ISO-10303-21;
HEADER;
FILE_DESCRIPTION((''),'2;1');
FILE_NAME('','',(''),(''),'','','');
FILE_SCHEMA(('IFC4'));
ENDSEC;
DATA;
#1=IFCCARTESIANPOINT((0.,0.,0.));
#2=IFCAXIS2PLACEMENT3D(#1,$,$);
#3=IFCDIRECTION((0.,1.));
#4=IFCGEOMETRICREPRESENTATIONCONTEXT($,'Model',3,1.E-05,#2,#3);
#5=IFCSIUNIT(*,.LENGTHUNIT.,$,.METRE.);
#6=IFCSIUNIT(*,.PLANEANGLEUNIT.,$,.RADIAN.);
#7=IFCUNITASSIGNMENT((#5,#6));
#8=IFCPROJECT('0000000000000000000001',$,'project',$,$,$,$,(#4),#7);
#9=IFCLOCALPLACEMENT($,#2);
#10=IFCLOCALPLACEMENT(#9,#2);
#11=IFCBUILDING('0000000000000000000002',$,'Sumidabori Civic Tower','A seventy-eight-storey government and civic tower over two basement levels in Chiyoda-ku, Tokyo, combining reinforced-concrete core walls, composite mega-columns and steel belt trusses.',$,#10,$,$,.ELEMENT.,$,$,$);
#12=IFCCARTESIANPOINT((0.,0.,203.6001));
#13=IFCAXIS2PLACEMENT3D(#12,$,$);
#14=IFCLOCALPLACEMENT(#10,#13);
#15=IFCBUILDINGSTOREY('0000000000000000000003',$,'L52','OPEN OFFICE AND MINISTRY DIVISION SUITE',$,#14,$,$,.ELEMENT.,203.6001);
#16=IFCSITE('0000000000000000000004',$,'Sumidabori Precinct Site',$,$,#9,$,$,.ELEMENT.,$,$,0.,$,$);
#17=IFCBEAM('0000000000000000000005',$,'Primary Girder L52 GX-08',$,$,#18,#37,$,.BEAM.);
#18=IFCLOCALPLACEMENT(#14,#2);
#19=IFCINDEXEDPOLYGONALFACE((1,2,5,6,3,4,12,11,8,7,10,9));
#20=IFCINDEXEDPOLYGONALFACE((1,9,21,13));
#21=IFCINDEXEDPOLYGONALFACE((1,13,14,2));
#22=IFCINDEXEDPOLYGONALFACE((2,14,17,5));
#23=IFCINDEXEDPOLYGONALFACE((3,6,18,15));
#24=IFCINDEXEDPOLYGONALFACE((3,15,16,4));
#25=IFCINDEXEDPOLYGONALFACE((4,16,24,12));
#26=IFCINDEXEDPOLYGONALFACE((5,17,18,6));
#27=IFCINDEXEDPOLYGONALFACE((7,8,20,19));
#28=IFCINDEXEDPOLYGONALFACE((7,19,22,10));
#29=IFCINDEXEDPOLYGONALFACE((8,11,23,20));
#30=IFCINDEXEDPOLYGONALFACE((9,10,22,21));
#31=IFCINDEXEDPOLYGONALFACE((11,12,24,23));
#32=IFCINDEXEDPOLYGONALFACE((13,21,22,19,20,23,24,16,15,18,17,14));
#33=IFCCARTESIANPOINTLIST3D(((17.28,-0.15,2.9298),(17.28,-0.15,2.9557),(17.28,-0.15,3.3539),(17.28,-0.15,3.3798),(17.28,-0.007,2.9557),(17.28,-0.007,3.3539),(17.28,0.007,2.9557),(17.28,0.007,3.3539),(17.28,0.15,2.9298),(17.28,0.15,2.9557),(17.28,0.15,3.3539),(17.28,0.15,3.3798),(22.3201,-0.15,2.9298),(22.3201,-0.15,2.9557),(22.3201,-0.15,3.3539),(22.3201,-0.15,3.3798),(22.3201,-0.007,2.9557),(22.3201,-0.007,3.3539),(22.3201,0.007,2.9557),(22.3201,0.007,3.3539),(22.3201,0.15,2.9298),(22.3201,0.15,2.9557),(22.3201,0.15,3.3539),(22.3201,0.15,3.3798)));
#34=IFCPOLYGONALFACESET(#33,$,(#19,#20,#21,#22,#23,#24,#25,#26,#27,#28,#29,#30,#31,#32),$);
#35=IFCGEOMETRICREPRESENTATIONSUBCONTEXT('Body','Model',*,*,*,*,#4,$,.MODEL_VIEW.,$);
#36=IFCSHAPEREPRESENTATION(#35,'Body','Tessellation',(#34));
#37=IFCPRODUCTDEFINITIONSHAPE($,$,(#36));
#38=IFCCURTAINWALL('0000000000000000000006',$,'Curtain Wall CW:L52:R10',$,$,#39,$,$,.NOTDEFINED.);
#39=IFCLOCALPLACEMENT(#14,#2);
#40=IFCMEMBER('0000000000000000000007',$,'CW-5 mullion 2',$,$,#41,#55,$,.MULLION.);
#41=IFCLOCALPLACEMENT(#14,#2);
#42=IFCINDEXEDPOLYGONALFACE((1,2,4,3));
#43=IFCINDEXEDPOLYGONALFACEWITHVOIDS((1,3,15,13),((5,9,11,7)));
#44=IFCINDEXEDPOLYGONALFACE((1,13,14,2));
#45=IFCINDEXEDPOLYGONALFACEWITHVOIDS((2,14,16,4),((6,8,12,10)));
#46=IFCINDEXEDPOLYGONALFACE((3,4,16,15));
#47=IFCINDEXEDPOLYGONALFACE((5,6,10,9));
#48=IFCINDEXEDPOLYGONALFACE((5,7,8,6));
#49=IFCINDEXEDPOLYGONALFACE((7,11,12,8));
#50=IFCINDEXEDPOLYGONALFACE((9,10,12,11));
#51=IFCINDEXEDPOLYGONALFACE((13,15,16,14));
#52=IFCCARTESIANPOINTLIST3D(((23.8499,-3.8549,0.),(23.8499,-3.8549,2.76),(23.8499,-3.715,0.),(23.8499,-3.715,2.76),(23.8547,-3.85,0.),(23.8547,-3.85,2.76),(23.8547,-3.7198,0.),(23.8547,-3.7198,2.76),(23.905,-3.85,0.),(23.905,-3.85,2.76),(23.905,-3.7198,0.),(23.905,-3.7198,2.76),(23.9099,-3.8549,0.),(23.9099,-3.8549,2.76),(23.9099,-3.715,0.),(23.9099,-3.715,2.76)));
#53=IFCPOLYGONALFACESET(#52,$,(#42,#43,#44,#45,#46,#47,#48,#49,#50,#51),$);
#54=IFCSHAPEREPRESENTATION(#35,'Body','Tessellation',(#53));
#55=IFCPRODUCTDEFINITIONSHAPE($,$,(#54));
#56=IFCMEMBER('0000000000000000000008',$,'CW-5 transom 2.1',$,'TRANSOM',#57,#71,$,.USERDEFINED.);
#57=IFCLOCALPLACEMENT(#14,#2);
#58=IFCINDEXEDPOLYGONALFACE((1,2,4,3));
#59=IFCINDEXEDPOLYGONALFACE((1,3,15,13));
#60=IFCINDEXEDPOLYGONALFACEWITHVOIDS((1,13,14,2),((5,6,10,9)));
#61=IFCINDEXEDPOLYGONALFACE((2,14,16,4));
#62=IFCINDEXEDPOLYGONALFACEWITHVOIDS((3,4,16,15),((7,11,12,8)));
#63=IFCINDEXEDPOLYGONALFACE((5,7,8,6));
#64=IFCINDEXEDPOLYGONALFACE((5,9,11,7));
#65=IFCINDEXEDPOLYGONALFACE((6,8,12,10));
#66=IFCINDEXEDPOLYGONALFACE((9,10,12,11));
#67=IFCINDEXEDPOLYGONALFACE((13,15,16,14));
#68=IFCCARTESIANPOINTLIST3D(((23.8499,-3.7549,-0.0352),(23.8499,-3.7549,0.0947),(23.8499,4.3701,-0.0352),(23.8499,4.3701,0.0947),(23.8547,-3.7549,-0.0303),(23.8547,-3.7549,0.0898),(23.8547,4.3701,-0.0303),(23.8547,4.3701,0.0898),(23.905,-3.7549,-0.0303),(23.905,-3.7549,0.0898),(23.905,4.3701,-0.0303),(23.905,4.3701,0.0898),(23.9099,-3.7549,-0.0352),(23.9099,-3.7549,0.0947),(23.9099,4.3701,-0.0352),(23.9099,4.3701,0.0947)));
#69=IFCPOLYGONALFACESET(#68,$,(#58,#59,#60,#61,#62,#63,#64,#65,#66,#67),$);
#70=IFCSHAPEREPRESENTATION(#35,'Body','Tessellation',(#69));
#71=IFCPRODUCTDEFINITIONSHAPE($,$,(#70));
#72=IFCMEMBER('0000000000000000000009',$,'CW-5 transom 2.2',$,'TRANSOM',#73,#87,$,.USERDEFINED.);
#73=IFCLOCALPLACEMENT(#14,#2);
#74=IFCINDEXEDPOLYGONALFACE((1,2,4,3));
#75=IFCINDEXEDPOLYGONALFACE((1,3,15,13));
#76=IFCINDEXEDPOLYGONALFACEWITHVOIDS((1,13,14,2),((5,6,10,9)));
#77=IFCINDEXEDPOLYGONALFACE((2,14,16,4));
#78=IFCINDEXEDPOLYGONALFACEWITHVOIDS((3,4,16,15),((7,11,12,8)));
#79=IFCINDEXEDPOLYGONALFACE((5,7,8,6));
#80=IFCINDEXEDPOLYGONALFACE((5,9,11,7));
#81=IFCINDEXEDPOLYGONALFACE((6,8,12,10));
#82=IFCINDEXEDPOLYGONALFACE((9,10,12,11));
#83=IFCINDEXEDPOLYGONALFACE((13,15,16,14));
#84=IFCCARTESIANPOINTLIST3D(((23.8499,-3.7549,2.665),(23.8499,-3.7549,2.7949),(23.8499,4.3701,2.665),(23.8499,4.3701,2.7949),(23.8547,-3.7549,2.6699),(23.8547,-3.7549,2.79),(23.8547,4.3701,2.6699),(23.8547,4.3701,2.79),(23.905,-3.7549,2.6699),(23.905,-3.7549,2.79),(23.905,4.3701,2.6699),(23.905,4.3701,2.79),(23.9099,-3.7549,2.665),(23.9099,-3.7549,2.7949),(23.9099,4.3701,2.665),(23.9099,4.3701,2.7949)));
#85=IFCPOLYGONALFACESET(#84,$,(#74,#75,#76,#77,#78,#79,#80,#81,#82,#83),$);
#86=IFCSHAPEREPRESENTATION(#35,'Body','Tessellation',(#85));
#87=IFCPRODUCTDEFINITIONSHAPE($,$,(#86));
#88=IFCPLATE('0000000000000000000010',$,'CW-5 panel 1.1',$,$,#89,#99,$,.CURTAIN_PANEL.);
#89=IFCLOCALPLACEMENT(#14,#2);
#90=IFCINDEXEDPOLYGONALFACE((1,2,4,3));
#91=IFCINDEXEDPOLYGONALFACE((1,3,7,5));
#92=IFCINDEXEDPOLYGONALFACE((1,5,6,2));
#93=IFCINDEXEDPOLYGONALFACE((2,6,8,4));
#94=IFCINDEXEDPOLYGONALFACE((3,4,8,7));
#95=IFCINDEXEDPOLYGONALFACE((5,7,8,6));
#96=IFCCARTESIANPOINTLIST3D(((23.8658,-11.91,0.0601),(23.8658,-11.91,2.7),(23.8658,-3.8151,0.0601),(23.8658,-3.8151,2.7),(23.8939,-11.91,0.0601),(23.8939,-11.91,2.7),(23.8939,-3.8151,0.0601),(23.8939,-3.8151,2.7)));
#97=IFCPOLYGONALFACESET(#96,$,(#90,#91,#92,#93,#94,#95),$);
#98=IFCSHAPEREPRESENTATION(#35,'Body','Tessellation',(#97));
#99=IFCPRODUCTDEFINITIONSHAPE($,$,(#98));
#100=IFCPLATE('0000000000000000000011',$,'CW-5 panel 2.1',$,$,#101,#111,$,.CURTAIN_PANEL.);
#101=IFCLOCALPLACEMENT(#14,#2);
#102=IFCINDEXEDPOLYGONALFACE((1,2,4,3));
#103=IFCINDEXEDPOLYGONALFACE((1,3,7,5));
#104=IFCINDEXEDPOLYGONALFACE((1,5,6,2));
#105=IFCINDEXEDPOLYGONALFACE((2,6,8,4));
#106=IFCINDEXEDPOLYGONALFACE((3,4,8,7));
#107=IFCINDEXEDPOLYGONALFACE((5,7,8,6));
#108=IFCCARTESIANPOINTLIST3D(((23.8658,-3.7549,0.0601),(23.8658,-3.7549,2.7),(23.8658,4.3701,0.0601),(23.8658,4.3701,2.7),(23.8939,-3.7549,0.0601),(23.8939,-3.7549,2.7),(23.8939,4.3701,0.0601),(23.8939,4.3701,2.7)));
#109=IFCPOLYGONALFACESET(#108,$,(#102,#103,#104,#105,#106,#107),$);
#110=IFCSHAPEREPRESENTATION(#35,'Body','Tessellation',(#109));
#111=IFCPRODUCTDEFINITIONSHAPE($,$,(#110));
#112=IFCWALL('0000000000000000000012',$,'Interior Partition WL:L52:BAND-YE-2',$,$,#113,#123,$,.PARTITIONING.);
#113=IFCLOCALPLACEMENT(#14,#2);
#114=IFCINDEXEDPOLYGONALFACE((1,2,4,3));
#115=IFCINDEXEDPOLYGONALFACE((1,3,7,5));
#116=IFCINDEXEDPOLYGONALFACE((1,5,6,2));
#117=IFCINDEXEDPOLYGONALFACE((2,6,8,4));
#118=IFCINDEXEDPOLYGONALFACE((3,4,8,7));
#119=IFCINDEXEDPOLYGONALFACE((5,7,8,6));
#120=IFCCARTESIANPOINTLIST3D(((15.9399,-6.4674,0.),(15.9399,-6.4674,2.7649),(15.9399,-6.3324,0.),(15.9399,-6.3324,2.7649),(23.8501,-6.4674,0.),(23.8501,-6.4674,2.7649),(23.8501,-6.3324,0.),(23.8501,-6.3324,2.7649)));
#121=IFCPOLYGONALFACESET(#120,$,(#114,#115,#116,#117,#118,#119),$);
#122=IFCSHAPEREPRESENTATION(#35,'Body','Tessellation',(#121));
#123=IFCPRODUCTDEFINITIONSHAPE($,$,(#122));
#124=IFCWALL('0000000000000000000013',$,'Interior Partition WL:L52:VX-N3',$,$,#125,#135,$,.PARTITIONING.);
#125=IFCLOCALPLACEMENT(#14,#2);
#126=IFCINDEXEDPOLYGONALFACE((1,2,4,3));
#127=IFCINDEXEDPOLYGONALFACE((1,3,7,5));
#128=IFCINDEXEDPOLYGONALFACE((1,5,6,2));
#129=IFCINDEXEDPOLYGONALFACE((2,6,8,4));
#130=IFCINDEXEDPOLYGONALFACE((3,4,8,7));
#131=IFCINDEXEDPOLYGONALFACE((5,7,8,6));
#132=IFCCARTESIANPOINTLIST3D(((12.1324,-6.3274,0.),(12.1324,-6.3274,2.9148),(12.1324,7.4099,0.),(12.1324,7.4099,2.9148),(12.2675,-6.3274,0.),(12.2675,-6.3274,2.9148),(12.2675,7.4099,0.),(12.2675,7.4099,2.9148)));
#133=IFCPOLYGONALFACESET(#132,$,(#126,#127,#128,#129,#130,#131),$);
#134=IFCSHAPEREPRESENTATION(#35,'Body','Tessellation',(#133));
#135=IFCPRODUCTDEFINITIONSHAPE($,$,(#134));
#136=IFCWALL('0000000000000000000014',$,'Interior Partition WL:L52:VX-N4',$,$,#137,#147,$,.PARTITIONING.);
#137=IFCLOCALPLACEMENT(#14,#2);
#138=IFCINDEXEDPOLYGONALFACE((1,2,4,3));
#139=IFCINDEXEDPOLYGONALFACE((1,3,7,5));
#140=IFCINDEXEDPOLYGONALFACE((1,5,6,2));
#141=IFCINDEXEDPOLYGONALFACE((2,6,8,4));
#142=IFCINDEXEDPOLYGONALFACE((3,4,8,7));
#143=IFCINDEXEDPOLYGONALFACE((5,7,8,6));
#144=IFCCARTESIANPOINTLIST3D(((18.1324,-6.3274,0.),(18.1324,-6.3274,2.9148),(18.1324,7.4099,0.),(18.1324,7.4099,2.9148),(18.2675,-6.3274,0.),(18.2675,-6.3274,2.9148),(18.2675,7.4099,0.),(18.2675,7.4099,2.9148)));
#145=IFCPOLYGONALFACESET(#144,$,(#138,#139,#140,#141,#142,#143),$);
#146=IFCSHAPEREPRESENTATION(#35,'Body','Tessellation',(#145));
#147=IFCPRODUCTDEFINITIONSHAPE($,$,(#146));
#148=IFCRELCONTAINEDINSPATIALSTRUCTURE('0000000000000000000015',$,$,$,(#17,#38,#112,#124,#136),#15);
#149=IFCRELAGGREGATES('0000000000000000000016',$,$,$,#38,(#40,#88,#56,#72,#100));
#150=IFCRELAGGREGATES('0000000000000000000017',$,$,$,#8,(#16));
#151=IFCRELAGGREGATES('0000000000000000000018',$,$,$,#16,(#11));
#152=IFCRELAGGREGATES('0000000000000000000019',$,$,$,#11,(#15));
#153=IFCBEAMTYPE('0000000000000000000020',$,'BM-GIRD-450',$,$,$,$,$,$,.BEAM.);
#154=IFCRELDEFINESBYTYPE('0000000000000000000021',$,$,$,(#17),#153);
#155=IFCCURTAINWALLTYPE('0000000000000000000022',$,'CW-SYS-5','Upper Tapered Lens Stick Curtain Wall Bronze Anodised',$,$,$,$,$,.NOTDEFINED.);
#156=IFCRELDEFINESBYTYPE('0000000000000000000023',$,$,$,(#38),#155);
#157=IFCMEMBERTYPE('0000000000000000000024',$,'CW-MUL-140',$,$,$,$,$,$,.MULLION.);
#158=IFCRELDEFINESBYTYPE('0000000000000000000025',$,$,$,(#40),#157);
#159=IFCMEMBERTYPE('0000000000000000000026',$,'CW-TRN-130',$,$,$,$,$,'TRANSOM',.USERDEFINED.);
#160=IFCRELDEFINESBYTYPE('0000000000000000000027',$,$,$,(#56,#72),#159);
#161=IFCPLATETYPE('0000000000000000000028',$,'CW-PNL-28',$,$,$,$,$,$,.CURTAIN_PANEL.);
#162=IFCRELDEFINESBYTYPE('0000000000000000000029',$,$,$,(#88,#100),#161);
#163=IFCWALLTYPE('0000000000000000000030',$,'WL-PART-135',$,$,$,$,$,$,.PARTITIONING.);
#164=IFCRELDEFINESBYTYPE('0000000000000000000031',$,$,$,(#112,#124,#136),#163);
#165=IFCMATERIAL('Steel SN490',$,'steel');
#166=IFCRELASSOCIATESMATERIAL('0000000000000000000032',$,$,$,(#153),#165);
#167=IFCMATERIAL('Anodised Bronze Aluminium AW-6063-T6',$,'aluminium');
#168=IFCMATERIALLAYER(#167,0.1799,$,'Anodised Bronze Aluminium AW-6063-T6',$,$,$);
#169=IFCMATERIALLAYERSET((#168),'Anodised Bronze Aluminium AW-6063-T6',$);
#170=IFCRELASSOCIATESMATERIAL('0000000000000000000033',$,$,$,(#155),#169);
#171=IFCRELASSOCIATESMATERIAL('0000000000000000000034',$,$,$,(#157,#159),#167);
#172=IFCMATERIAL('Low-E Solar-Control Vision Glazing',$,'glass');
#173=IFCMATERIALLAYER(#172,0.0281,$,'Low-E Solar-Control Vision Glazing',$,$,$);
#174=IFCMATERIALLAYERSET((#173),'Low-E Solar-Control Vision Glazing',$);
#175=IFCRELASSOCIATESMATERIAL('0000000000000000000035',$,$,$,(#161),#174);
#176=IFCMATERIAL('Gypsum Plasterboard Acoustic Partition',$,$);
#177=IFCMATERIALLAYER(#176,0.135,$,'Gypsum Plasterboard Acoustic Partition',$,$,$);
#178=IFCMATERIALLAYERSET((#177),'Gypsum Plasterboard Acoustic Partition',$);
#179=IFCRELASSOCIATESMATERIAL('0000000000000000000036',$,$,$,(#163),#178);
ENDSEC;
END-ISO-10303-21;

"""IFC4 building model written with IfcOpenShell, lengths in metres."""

from ifc_helpers import new_model, si_unit, direction, frame, frame_2d, origin, origin_2d, place, context, subcontext, project, spatial, rectangle, hollow_rectangle, i_section, extrude, source, transform, mapped, material, layer, layer_set, material_profile, profile_set, type_object, element, aggregate, save


model = new_model("IFC4")

# Units and contexts
model_context = context("Model", 3, precision=1e-05, world=origin(), true_north=direction((0.0, 1.0)))
body_context = subcontext(model_context, "Body", "Model", "MODEL_VIEW")
ifc_project = project(units=[si_unit("LENGTHUNIT", "METRE"), si_unit("PLANEANGLEUNIT", "RADIAN")], contexts=[model_context])

# Site, building, storey
site_placement = place(None, origin())
site = spatial("IfcSite", under=ifc_project, at=site_placement, Name="Sumidabori Precinct Site", CompositionType="ELEMENT", RefElevation=0.0)
building_placement = place(site_placement, origin())
building = spatial("IfcBuilding", under=site, at=building_placement, Name="Sumidabori Civic Tower", Description="A seventy-eight-storey government and civic tower over two basement levels in Chiyoda-ku, Tokyo, combining reinforced-concrete core walls, composite mega-columns and steel belt trusses.", CompositionType="ELEMENT")
storey_placement = place(building_placement, frame((0.0, 0.0, 203.6001)))
storey = spatial("IfcBuildingStorey", under=building, at=storey_placement, Name="L52", Description="OPEN OFFICE AND MINISTRY DIVISION SUITE", CompositionType="ELEMENT", Elevation=203.6001)

# Beam
ifc_material_1 = material(Name="Steel SN490", Category="steel")
ifc_material_profile_1 = material_profile(ifc_material_1, i_section(OverallWidth=0.3, OverallDepth=0.45, WebThickness=0.0139, FlangeThickness=0.0259, at=origin_2d()), Name="HE 450 B")
ifc_profile_set_1 = profile_set([ifc_material_profile_1], Name="Steel SN490")
beam_type_1 = type_object("IfcBeamType", Name="BM-GIRD-450", PredefinedType="BEAM", material=ifc_profile_set_1)
shared_shape_1 = source(origin(), body_context, "Body", "SweptSolid", [
    extrude(i_section(OverallWidth=0.3, OverallDepth=0.45, WebThickness=0.0139, FlangeThickness=0.0259, at=origin_2d()), origin(), (0.0, 0.0, 1.0), 5.04),
])
beam_1_placement = place(storey_placement, frame((17.28, 0.0, 3.1548), z_axis=(1.0, 0.0, 0.0), x_axis=(0.0, 1.0, 0.0)))
element("IfcBeam", 1, at=beam_1_placement, inside=storey, type_object=beam_type_1, Name="Primary Girder L52 GX-08", PredefinedType="BEAM", context=body_context, shape_type="MappedRepresentation", body=[
    mapped(shared_shape_1, transform((0.0, 0.0, 0.0), x_axis=(1.0, 0.0, 0.0), y_axis=(0.0, 1.0, 0.0), z_axis=(0.0, 0.0, 1.0), scale=1.0)),
])

# Curtain wall, members, plates
ifc_material_2 = material(Name="Anodised Bronze Aluminium AW-6063-T6", Category="aluminium")
ifc_layer_1 = layer(ifc_material_2, 0.1799, Name="Anodised Bronze Aluminium AW-6063-T6")
ifc_layer_set_1 = layer_set([ifc_layer_1], Name="Anodised Bronze Aluminium AW-6063-T6")
curtain_wall_type = type_object("IfcCurtainWallType", Name="CW-SYS-5", Description="Upper Tapered Lens Stick Curtain Wall Bronze Anodised", PredefinedType="NOTDEFINED", material=ifc_layer_set_1)
curtain_wall_placement = place(storey_placement, origin())
curtain_wall = element("IfcCurtainWall", 2, at=curtain_wall_placement, inside=storey, type_object=curtain_wall_type, Name="Curtain Wall CW:L52:R10", PredefinedType="NOTDEFINED")
ifc_material_profile_2 = material_profile(ifc_material_2, hollow_rectangle(XDim=0.0601, YDim=0.1399, WallThickness=0.0049, at=origin_2d()), Name="ALU MULLION 140x60")
ifc_profile_set_2 = profile_set([ifc_material_profile_2], Name="Anodised Bronze Aluminium AW-6063-T6")
member_type_1 = type_object("IfcMemberType", Name="CW-MUL-140", PredefinedType="MULLION", material=ifc_profile_set_2)
shared_shape_2 = source(origin(), body_context, "Body", "SweptSolid", [
    extrude(hollow_rectangle(XDim=0.0601, YDim=0.1399, WallThickness=0.0049, at=origin_2d()), origin(), (0.0, 0.0, 1.0), 2.76),
])
member_1_placement = place(storey_placement, frame((23.8799, -3.7849, 0.0), z_axis=(0.0, 0.0, 1.0), x_axis=(-1.0, 0.0, 0.0)))
member_1 = element("IfcMember", 3, at=member_1_placement, type_object=member_type_1, Name="CW-5 mullion 2", PredefinedType="MULLION", context=body_context, shape_type="MappedRepresentation", body=[
    mapped(shared_shape_2, transform((0.0, 0.0, 0.0), x_axis=(1.0, 0.0, 0.0), y_axis=(0.0, 1.0, 0.0), z_axis=(0.0, 0.0, 1.0), scale=1.0)),
])
ifc_material_profile_3 = material_profile(ifc_material_2, hollow_rectangle(XDim=0.0601, YDim=0.1299, WallThickness=0.0049, at=origin_2d()), Name="ALU TRANSOM 130x60")
ifc_profile_set_3 = profile_set([ifc_material_profile_3], Name="Anodised Bronze Aluminium AW-6063-T6")
member_type_2 = type_object("IfcMemberType", Name="CW-TRN-130", ElementType="TRANSOM", PredefinedType="USERDEFINED", material=ifc_profile_set_3)
shared_shape_3 = source(origin(), body_context, "Body", "SweptSolid", [
    extrude(hollow_rectangle(XDim=0.0601, YDim=0.1299, WallThickness=0.0049, at=origin_2d()), origin(), (0.0, 0.0, 1.0), 8.125),
])
member_2_placement = place(storey_placement, frame((23.8799, -3.7549, 0.0298), z_axis=(0.0, 1.0, 0.0), x_axis=(-1.0, 0.0, 0.0)))
member_2 = element("IfcMember", 4, at=member_2_placement, type_object=member_type_2, Name="CW-5 transom 2.1", ObjectType="TRANSOM", PredefinedType="USERDEFINED", context=body_context, shape_type="MappedRepresentation", body=[
    mapped(shared_shape_3, transform((0.0, 0.0, 0.0), x_axis=(1.0, 0.0, 0.0), y_axis=(0.0, 1.0, 0.0), z_axis=(0.0, 0.0, 1.0), scale=1.0)),
])
member_3_placement = place(storey_placement, frame((23.8799, -3.7549, 2.73), z_axis=(0.0, 1.0, 0.0), x_axis=(-1.0, 0.0, 0.0)))
member_3 = element("IfcMember", 5, at=member_3_placement, type_object=member_type_2, Name="CW-5 transom 2.2", ObjectType="TRANSOM", PredefinedType="USERDEFINED", context=body_context, shape_type="MappedRepresentation", body=[
    mapped(shared_shape_3, transform((0.0, 0.0, 0.0), x_axis=(1.0, 0.0, 0.0), y_axis=(0.0, 1.0, 0.0), z_axis=(0.0, 0.0, 1.0), scale=1.0)),
])
ifc_material_3 = material(Name="Low-E Solar-Control Vision Glazing", Category="glass")
ifc_layer_2 = layer(ifc_material_3, 0.0281, Name="Low-E Solar-Control Vision Glazing")
ifc_layer_set_2 = layer_set([ifc_layer_2], Name="Low-E Solar-Control Vision Glazing")
plate_type = type_object("IfcPlateType", Name="CW-PNL-28", PredefinedType="CURTAIN_PANEL", material=ifc_layer_set_2)
shared_shape_4 = source(origin(), body_context, "Body", "SweptSolid", [
    extrude(rectangle(XDim=8.095, YDim=0.0281, at=origin_2d()), origin(), (0.0, 0.0, 1.0), 2.6399),
])
plate_1_placement = place(storey_placement, frame((23.8799, -7.8625, 0.0601), z_axis=(0.0, 0.0, 1.0), x_axis=(0.0, 1.0, 0.0)))
plate_1 = element("IfcPlate", 6, at=plate_1_placement, type_object=plate_type, Name="CW-5 panel 1.1", PredefinedType="CURTAIN_PANEL", context=body_context, shape_type="MappedRepresentation", body=[
    mapped(shared_shape_4, transform((0.0, 0.0, 0.0), x_axis=(1.0, 0.0, 0.0), y_axis=(0.0, 1.0, 0.0), z_axis=(0.0, 0.0, 1.0), scale=1.0)),
])
shared_shape_5 = source(origin(), body_context, "Body", "SweptSolid", [
    extrude(rectangle(XDim=8.125, YDim=0.0281, at=origin_2d()), origin(), (0.0, 0.0, 1.0), 2.6399),
])
plate_2_placement = place(storey_placement, frame((23.8799, 0.3076, 0.0601), z_axis=(0.0, 0.0, 1.0), x_axis=(0.0, 1.0, 0.0)))
plate_2 = element("IfcPlate", 7, at=plate_2_placement, type_object=plate_type, Name="CW-5 panel 2.1", PredefinedType="CURTAIN_PANEL", context=body_context, shape_type="MappedRepresentation", body=[
    mapped(shared_shape_5, transform((0.0, 0.0, 0.0), x_axis=(1.0, 0.0, 0.0), y_axis=(0.0, 1.0, 0.0), z_axis=(0.0, 0.0, 1.0), scale=1.0)),
])
aggregate(curtain_wall, [member_1, plate_1, member_2, member_3, plate_2])

# Walls
ifc_material_4 = material(Name="Gypsum Plasterboard Acoustic Partition")
ifc_layer_3 = layer(ifc_material_4, 0.135, Name="Gypsum Plasterboard Acoustic Partition")
ifc_layer_set_3 = layer_set([ifc_layer_3], Name="Gypsum Plasterboard Acoustic Partition")
wall_type = type_object("IfcWallType", Name="WL-PART-135", PredefinedType="PARTITIONING", material=ifc_layer_set_3)
shared_shape_6 = source(origin(), body_context, "Body", "SweptSolid", [
    extrude(rectangle(XDim=7.9102, YDim=0.135, at=frame_2d((3.9551, 0.0))), origin(), (0.0, 0.0, 1.0), 2.7649),
])
wall_placement = place(storey_placement, frame((15.9399, -6.3999, 0.0), z_axis=(0.0, 0.0, 1.0), x_axis=(1.0, 0.0, 0.0)))
element("IfcWall", 8, at=wall_placement, inside=storey, type_object=wall_type, Name="Interior Partition WL:L52:BAND-YE-2", PredefinedType="PARTITIONING", context=body_context, shape_type="MappedRepresentation", body=[
    mapped(shared_shape_6, transform((0.0, 0.0, 0.0), x_axis=(1.0, 0.0, 0.0), y_axis=(0.0, 1.0, 0.0), z_axis=(0.0, 0.0, 1.0), scale=1.0)),
])
shared_shape_7 = source(origin(), body_context, "Body", "SweptSolid", [
    extrude(rectangle(XDim=13.7373, YDim=0.135, at=frame_2d((6.8687, 0.0))), origin(), (0.0, 0.0, 1.0), 2.9148),
])
for number, where, z_axis, x_axis, name in (
    (9, (12.2, -6.3274, 0.0), (0.0, 0.0, 1.0), (0.0, 1.0, 0.0), "Interior Partition WL:L52:VX-N3"),
    (10, (18.2, -6.3274, 0.0), (0.0, 0.0, 1.0), (0.0, 1.0, 0.0), "Interior Partition WL:L52:VX-N4"),
):
    element("IfcWall", number, at=place(storey_placement, frame(where, z_axis=z_axis, x_axis=x_axis)), inside=storey, type_object=wall_type, Name=name, PredefinedType="PARTITIONING", context=body_context, shape_type="MappedRepresentation", body=[
        mapped(shared_shape_7, transform((0.0, 0.0, 0.0), x_axis=(1.0, 0.0, 0.0), y_axis=(0.0, 1.0, 0.0), z_axis=(0.0, 0.0, 1.0), scale=1.0)),
    ])

save(model, "model.ifc")
